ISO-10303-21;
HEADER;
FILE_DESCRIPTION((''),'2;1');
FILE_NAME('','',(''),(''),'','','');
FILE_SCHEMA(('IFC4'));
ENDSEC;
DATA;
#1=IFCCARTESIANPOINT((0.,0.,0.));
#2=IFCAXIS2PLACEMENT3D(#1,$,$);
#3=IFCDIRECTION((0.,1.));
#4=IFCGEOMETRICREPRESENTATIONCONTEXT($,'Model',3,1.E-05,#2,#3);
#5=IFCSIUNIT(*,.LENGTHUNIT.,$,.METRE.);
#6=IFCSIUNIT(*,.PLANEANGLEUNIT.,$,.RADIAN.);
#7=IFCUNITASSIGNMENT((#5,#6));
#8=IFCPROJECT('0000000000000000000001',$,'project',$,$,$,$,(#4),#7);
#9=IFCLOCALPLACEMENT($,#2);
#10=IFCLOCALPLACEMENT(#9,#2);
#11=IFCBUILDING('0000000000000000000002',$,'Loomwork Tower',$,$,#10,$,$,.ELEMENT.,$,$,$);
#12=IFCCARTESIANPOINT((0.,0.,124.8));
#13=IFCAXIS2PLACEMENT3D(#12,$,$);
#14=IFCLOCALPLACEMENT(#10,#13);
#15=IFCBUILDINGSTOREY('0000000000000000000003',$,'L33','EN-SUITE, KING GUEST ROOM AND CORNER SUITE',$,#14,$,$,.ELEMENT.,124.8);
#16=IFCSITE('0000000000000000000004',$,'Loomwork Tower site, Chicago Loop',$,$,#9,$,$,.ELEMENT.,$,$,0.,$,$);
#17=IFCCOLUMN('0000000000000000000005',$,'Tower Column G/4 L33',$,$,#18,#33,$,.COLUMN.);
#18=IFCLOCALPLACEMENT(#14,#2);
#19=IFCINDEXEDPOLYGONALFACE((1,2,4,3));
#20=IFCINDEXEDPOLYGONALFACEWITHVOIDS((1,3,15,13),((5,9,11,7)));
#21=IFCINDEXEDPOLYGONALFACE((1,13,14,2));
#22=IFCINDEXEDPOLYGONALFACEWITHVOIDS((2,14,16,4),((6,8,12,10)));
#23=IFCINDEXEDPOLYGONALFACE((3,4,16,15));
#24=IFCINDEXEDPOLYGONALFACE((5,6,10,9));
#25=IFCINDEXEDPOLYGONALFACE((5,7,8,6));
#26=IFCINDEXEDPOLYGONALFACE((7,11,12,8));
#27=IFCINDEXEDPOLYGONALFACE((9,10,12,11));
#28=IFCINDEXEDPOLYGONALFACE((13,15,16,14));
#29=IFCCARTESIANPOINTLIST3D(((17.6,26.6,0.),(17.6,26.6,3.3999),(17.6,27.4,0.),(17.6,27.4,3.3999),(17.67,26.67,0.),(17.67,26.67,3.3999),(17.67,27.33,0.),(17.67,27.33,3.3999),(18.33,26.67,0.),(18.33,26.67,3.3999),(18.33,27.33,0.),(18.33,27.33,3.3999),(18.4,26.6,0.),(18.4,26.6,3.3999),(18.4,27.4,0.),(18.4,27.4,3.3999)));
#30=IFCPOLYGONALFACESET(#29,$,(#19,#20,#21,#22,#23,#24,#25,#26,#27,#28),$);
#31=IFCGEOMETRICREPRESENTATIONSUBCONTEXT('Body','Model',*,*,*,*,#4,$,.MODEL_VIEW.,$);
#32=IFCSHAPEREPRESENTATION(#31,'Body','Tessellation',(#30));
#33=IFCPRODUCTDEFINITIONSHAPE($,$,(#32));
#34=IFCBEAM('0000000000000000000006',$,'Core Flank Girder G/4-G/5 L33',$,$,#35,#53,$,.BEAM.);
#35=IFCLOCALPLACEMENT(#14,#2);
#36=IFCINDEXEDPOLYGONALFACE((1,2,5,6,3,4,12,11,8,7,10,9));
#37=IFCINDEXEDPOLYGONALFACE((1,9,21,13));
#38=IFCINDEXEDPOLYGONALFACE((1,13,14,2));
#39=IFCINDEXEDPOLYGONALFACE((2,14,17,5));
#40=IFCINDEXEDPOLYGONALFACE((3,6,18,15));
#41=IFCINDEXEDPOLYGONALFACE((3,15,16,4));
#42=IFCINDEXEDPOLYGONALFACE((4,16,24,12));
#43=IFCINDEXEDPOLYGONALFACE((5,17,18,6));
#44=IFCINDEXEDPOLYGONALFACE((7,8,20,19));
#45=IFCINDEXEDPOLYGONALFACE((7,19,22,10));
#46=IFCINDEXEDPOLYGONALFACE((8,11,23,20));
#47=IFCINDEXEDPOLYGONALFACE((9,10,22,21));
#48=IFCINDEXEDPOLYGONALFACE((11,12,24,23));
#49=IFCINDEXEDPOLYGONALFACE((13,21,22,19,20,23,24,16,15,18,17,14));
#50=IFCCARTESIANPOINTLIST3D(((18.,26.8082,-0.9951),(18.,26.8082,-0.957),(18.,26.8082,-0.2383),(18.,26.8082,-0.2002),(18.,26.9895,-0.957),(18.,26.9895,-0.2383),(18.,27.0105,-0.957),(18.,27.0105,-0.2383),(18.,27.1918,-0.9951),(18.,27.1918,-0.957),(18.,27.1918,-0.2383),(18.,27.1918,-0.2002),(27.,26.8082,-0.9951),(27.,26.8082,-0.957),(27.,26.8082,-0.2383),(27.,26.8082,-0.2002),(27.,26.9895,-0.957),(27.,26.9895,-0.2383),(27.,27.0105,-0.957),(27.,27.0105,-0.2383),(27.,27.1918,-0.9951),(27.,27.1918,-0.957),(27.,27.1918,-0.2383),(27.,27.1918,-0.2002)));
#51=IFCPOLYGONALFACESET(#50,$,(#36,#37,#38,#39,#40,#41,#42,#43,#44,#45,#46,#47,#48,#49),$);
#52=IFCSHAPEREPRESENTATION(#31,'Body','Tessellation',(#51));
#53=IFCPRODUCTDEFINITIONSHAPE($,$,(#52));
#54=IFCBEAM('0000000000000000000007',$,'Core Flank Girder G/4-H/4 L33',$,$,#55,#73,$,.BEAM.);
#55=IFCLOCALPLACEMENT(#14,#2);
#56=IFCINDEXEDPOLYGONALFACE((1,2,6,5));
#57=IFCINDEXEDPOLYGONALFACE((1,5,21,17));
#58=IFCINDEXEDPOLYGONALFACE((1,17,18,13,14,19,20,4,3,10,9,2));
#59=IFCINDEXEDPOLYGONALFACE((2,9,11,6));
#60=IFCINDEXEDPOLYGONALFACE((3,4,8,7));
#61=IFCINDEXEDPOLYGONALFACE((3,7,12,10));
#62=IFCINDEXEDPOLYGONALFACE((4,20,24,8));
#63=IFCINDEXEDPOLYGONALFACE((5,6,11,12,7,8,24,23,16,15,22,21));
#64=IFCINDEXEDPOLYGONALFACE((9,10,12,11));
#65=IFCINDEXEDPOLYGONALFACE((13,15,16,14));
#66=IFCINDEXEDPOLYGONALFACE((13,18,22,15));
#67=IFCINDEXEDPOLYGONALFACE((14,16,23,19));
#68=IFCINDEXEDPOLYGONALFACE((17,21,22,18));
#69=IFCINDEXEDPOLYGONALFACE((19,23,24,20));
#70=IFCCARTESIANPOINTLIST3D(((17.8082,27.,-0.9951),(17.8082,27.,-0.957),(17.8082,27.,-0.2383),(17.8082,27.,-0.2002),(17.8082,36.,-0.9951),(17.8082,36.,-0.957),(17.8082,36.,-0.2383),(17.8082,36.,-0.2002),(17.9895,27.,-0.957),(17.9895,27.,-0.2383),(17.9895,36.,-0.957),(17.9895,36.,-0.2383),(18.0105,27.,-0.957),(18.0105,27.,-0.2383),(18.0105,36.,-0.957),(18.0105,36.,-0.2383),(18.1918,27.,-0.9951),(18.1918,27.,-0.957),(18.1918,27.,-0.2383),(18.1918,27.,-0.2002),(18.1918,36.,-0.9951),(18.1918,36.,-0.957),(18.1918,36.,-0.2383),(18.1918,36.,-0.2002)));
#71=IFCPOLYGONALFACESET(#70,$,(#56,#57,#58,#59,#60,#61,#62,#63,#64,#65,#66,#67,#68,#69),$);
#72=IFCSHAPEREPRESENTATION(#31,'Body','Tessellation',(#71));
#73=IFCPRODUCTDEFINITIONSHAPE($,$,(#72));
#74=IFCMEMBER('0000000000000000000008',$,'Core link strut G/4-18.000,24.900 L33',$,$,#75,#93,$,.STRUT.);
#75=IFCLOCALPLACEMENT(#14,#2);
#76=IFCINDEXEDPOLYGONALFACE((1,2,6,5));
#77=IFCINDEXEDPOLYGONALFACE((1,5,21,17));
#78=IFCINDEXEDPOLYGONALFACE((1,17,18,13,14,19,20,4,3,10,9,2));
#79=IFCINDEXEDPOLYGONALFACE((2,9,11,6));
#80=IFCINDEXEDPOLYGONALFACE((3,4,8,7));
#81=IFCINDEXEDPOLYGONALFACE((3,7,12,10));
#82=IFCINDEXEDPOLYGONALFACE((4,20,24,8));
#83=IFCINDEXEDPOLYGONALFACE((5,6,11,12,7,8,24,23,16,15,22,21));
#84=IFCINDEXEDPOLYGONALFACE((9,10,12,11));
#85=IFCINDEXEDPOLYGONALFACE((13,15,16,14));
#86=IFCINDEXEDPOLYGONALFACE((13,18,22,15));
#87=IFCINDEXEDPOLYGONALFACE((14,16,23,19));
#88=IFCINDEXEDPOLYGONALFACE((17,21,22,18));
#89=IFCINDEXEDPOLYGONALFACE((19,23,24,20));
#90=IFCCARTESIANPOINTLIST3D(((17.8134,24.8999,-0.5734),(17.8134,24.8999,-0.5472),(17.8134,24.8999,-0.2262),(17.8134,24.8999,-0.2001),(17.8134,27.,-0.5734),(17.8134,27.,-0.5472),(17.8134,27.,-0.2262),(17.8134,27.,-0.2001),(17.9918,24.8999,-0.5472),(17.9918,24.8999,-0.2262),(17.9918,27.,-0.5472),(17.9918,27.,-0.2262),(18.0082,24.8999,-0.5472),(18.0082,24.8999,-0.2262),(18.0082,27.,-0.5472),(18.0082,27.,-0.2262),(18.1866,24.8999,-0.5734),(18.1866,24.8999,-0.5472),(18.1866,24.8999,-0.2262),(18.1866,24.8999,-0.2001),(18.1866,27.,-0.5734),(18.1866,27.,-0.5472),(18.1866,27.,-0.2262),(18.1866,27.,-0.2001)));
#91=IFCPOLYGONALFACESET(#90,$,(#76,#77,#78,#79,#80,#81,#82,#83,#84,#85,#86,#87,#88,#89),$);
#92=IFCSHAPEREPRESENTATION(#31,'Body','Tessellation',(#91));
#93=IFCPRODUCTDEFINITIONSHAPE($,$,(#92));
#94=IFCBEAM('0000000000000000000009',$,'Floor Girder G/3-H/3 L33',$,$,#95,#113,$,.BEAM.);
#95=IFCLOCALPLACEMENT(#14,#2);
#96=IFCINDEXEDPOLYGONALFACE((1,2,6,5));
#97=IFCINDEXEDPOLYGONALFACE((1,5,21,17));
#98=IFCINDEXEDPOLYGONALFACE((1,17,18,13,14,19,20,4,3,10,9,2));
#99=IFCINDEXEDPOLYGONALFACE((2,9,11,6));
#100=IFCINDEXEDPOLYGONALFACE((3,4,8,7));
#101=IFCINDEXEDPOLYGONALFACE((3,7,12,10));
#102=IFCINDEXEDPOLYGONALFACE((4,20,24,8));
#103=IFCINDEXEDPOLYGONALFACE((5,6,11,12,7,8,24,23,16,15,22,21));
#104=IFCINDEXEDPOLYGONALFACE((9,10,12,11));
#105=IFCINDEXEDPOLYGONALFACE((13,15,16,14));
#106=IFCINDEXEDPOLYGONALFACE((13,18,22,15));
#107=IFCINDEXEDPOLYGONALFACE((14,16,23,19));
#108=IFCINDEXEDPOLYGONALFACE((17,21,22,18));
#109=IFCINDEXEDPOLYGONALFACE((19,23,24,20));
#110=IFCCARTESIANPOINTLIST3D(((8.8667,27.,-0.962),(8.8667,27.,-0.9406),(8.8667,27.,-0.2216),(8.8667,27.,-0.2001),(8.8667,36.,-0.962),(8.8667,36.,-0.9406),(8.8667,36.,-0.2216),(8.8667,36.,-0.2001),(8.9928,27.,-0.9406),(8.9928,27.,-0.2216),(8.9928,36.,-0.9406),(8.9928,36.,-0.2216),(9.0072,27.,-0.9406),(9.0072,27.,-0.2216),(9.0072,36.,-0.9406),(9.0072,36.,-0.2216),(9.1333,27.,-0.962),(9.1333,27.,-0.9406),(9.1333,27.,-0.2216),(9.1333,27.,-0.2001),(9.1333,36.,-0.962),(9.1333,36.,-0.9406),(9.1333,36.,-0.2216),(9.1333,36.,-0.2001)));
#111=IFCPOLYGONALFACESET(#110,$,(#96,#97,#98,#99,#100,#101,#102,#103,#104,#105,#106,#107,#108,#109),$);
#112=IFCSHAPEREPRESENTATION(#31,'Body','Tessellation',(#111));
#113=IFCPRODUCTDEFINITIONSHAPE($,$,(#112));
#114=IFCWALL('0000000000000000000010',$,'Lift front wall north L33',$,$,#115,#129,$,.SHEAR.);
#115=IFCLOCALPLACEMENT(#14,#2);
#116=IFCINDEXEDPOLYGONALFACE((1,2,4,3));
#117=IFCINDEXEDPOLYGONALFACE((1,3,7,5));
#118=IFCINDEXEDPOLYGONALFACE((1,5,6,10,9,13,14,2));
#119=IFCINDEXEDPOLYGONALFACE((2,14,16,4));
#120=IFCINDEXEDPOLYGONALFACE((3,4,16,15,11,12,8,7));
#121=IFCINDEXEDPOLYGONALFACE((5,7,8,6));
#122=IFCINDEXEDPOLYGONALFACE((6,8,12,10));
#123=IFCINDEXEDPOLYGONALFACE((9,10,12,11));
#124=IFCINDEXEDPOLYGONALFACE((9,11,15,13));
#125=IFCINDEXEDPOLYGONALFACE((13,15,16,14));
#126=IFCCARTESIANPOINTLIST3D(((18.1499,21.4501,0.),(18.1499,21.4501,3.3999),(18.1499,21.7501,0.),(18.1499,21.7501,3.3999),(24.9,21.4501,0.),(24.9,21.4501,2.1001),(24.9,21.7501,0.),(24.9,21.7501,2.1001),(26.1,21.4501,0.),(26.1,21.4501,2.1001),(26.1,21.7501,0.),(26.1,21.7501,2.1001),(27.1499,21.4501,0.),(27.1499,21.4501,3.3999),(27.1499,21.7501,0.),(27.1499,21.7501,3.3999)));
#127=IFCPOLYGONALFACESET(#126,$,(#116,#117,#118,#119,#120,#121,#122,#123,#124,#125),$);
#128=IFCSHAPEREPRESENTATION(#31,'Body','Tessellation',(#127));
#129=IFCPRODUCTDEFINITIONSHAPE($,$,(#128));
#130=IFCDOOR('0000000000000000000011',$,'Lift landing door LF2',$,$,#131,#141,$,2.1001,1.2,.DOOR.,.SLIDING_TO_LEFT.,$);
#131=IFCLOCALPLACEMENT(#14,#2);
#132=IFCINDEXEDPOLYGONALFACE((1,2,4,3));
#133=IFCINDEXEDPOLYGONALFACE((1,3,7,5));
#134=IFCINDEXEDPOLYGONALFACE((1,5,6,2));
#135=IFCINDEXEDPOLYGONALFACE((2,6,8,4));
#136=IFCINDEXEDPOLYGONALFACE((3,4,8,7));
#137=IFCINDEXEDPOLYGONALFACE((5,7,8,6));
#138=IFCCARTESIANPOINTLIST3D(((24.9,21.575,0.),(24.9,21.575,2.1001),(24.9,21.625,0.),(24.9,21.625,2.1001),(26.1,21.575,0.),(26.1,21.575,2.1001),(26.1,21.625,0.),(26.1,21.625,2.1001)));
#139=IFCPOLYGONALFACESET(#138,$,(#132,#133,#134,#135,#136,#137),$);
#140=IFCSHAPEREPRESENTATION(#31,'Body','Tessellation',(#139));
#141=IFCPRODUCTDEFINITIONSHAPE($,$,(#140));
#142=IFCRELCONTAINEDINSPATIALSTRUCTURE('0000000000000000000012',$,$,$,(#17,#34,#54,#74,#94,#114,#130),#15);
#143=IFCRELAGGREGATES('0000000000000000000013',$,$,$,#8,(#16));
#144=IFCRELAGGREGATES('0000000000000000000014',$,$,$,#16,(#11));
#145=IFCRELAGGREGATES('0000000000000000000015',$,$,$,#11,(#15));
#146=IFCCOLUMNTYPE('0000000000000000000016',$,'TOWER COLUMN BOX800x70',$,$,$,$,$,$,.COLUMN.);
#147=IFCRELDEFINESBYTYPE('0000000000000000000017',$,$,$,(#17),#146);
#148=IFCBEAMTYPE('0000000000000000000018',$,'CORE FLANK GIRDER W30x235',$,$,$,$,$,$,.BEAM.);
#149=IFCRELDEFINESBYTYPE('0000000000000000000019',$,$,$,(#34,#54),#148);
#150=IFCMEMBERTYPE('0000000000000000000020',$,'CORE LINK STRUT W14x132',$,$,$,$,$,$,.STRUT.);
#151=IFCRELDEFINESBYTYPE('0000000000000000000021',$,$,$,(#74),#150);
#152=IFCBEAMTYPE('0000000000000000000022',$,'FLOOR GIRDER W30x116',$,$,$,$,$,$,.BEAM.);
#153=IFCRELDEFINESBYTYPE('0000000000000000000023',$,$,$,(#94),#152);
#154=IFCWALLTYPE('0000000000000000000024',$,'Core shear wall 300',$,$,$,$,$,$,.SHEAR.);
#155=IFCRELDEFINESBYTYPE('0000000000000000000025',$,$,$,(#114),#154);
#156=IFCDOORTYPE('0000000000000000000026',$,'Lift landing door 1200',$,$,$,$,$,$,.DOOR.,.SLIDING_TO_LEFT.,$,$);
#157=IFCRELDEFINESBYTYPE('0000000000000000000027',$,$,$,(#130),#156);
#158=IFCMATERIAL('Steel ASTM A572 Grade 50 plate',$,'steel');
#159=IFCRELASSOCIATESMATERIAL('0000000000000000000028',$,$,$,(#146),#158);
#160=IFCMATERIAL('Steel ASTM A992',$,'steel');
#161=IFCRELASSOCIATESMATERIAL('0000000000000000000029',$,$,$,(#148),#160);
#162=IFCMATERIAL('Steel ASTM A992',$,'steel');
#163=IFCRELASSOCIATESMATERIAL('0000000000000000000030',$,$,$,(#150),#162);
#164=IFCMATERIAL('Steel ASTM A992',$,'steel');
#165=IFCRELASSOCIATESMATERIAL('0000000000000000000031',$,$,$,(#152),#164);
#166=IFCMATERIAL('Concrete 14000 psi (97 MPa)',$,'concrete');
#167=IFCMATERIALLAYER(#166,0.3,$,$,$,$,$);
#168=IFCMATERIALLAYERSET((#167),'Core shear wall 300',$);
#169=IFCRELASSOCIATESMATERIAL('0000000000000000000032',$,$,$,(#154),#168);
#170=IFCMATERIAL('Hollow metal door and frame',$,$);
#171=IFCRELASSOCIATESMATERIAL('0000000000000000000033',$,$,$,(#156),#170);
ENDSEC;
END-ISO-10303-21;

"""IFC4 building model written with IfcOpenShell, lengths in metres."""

from ifc_helpers import new_model, si_unit, direction, frame, frame_2d, origin, origin_2d, place, context, subcontext, project, spatial, rectangle, hollow_rectangle, i_section, extrude, material, layer, layer_set, material_profile, profile_set, type_object, element, fill, save


model = new_model("IFC4")

# Units and contexts
model_context = context("Model", 3, precision=1e-05, world=origin(), true_north=direction((0.0, 1.0)))
body_context = subcontext(model_context, "Body", "Model", "MODEL_VIEW")
ifc_project = project(units=[si_unit("LENGTHUNIT", "METRE"), si_unit("PLANEANGLEUNIT", "RADIAN")], contexts=[model_context])

# Site, building, storey
site_placement = place(None, origin())
site = spatial("IfcSite", under=ifc_project, at=site_placement, Name="Loomwork Tower site, Chicago Loop", CompositionType="ELEMENT", RefElevation=0.0)
building_placement = place(site_placement, origin())
building = spatial("IfcBuilding", under=site, at=building_placement, Name="Loomwork Tower", CompositionType="ELEMENT")
storey_placement = place(building_placement, frame((0.0, 0.0, 124.8)))
storey = spatial("IfcBuildingStorey", under=building, at=storey_placement, Name="L33", Description="EN-SUITE, KING GUEST ROOM AND CORNER SUITE", CompositionType="ELEMENT", Elevation=124.8)

# Column
ifc_material_1 = material(Name="Steel ASTM A572 Grade 50 plate", Category="steel")
ifc_material_profile_1 = material_profile(ifc_material_1, hollow_rectangle(XDim=0.8, YDim=0.8, WallThickness=0.0701, at=origin_2d()), Name="BOX800x70")
ifc_profile_set_1 = profile_set([ifc_material_profile_1], Name="Steel ASTM A572 Grade 50 plate")
column_type = type_object("IfcColumnType", Name="TOWER COLUMN BOX800x70", PredefinedType="COLUMN", material=ifc_profile_set_1)
column_placement = place(storey_placement, frame((18.0, 27.0, 0.0), z_axis=(0.0, 0.0, 1.0), x_axis=(1.0, 0.0, 0.0)))
element("IfcColumn", 1, at=column_placement, inside=storey, type_object=column_type, Name="Tower Column G/4 L33", PredefinedType="COLUMN", context=body_context, shape_type="SweptSolid", body=[
    extrude(hollow_rectangle(XDim=0.8, YDim=0.8, WallThickness=0.0701, at=origin_2d()), origin(), (0.0, 0.0, 1.0), 3.3999),
])

# Beams
ifc_material_2 = material(Name="Steel ASTM A992", Category="steel")
ifc_material_profile_2 = material_profile(ifc_material_2, i_section(OverallWidth=0.3835, OverallDepth=0.7949, WebThickness=0.021, FlangeThickness=0.0381, at=origin_2d()), Name="W30x235")
ifc_profile_set_2 = profile_set([ifc_material_profile_2], Name="Steel ASTM A992")
beam_type_1 = type_object("IfcBeamType", Name="CORE FLANK GIRDER W30x235", PredefinedType="BEAM", material=ifc_profile_set_2)
for number, where, z_axis, x_axis, name in (
    (2, (18.0, 27.0, -0.5977), (1.0, 0.0, 0.0), (0.0, 1.0, 0.0), "Core Flank Girder G/4-G/5 L33"),
    (3, (18.0, 27.0, -0.5977), (0.0, 1.0, 0.0), (-1.0, 0.0, 0.0), "Core Flank Girder G/4-H/4 L33"),
):
    element("IfcBeam", number, at=place(storey_placement, frame(where, z_axis=z_axis, x_axis=x_axis)), inside=storey, type_object=beam_type_1, Name=name, PredefinedType="BEAM", context=body_context, shape_type="SweptSolid", body=[
        extrude(i_section(OverallWidth=0.3835, OverallDepth=0.7949, WebThickness=0.021, FlangeThickness=0.0381, at=origin_2d()), origin(), (0.0, 0.0, 1.0), 9.0),
    ])

# Member
ifc_material_3 = material(Name="Steel ASTM A992", Category="steel")
ifc_material_profile_3 = material_profile(ifc_material_3, i_section(OverallWidth=0.3733, OverallDepth=0.3733, WebThickness=0.0164, FlangeThickness=0.0261, at=origin_2d()), Name="W14x132")
ifc_profile_set_3 = profile_set([ifc_material_profile_3], Name="Steel ASTM A992")
member_type = type_object("IfcMemberType", Name="CORE LINK STRUT W14x132", PredefinedType="STRUT", material=ifc_profile_set_3)
member_placement = place(storey_placement, frame((18.0, 27.0, -0.3867), z_axis=(0.0, -1.0, 0.0), x_axis=(1.0, 0.0, 0.0)))
element("IfcMember", 4, at=member_placement, inside=storey, type_object=member_type, Name="Core link strut G/4-18.000,24.900 L33", PredefinedType="STRUT", context=body_context, shape_type="SweptSolid", body=[
    extrude(i_section(OverallWidth=0.3733, OverallDepth=0.3733, WebThickness=0.0164, FlangeThickness=0.0261, at=origin_2d()), origin(), (0.0, 0.0, 1.0), 2.1001),
])

# Beam
ifc_material_4 = material(Name="Steel ASTM A992", Category="steel")
ifc_material_profile_4 = material_profile(ifc_material_4, i_section(OverallWidth=0.2666, OverallDepth=0.762, WebThickness=0.0144, FlangeThickness=0.0215, at=origin_2d()), Name="W30x116")
ifc_profile_set_4 = profile_set([ifc_material_profile_4], Name="Steel ASTM A992")
beam_type_2 = type_object("IfcBeamType", Name="FLOOR GIRDER W30x116", PredefinedType="BEAM", material=ifc_profile_set_4)
beam_placement = place(storey_placement, frame((9.0, 27.0, -0.5811), z_axis=(0.0, 1.0, 0.0), x_axis=(-1.0, 0.0, 0.0)))
element("IfcBeam", 5, at=beam_placement, inside=storey, type_object=beam_type_2, Name="Floor Girder G/3-H/3 L33", PredefinedType="BEAM", context=body_context, shape_type="SweptSolid", body=[
    extrude(i_section(OverallWidth=0.2666, OverallDepth=0.762, WebThickness=0.0144, FlangeThickness=0.0215, at=origin_2d()), origin(), (0.0, 0.0, 1.0), 9.0),
])

# Wall, opening, door
ifc_material_5 = material(Name="Concrete 14000 psi (97 MPa)", Category="concrete")
ifc_layer_1 = layer(ifc_material_5, 0.3)
ifc_layer_set_1 = layer_set([ifc_layer_1], Name="Core shear wall 300")
wall_type_1 = type_object("IfcWallType", Name="Core shear wall 300", PredefinedType="SHEAR", material=ifc_layer_set_1)
wall_1_placement = place(storey_placement, frame((18.1499, 21.6001, 0.0), z_axis=(0.0, 0.0, 1.0), x_axis=(1.0, 0.0, 0.0)))
wall_1 = element("IfcWall", 6, at=wall_1_placement, inside=storey, type_object=wall_type_1, Name="Lift front wall north L33", PredefinedType="SHEAR", context=body_context, shape_type="SweptSolid", body=[
    extrude(rectangle(XDim=9.0, YDim=0.3, at=frame_2d((4.5, 0.0))), origin(), (0.0, 0.0, 1.0), 3.3999),
])
opening_1_placement = place(wall_1_placement, frame((6.75, 0.0, 0.0)))
opening_1 = element("IfcOpeningElement", 7, at=opening_1_placement, cuts=wall_1, PredefinedType="OPENING", context=body_context, shape_type="SweptSolid", body=[
    extrude(rectangle(XDim=1.2, YDim=2.1001, at=frame_2d((0.6001, 1.05))), frame((0.0, 0.1599, 0.0), z_axis=(0.0, -1.0, 0.0), x_axis=(1.0, 0.0, 0.0)), (0.0, 0.0, 1.0), 0.3201),
])
ifc_material_6 = material(Name="Hollow metal door and frame")
door_type_1 = type_object("IfcDoorType", Name="Lift landing door 1200", OperationType="SLIDING_TO_LEFT", PredefinedType="DOOR", material=ifc_material_6)
door_1_placement = place(opening_1_placement, origin())
door_1 = element("IfcDoor", 8, at=door_1_placement, inside=storey, type_object=door_type_1, Name="Lift landing door LF2", OperationType="SLIDING_TO_LEFT", OverallHeight=2.1001, OverallWidth=1.2, PredefinedType="DOOR", context=body_context, shape_type="SweptSolid", body=[
    extrude(rectangle(XDim=1.2, YDim=2.1001, at=frame_2d((0.6001, 1.05))), frame((0.0, 0.0249, 0.0), z_axis=(0.0, -1.0, 0.0), x_axis=(1.0, 0.0, 0.0)), (0.0, 0.0, 1.0), 0.05),
])
fill(opening_1, door_1)

save(model, "model.ifc")
